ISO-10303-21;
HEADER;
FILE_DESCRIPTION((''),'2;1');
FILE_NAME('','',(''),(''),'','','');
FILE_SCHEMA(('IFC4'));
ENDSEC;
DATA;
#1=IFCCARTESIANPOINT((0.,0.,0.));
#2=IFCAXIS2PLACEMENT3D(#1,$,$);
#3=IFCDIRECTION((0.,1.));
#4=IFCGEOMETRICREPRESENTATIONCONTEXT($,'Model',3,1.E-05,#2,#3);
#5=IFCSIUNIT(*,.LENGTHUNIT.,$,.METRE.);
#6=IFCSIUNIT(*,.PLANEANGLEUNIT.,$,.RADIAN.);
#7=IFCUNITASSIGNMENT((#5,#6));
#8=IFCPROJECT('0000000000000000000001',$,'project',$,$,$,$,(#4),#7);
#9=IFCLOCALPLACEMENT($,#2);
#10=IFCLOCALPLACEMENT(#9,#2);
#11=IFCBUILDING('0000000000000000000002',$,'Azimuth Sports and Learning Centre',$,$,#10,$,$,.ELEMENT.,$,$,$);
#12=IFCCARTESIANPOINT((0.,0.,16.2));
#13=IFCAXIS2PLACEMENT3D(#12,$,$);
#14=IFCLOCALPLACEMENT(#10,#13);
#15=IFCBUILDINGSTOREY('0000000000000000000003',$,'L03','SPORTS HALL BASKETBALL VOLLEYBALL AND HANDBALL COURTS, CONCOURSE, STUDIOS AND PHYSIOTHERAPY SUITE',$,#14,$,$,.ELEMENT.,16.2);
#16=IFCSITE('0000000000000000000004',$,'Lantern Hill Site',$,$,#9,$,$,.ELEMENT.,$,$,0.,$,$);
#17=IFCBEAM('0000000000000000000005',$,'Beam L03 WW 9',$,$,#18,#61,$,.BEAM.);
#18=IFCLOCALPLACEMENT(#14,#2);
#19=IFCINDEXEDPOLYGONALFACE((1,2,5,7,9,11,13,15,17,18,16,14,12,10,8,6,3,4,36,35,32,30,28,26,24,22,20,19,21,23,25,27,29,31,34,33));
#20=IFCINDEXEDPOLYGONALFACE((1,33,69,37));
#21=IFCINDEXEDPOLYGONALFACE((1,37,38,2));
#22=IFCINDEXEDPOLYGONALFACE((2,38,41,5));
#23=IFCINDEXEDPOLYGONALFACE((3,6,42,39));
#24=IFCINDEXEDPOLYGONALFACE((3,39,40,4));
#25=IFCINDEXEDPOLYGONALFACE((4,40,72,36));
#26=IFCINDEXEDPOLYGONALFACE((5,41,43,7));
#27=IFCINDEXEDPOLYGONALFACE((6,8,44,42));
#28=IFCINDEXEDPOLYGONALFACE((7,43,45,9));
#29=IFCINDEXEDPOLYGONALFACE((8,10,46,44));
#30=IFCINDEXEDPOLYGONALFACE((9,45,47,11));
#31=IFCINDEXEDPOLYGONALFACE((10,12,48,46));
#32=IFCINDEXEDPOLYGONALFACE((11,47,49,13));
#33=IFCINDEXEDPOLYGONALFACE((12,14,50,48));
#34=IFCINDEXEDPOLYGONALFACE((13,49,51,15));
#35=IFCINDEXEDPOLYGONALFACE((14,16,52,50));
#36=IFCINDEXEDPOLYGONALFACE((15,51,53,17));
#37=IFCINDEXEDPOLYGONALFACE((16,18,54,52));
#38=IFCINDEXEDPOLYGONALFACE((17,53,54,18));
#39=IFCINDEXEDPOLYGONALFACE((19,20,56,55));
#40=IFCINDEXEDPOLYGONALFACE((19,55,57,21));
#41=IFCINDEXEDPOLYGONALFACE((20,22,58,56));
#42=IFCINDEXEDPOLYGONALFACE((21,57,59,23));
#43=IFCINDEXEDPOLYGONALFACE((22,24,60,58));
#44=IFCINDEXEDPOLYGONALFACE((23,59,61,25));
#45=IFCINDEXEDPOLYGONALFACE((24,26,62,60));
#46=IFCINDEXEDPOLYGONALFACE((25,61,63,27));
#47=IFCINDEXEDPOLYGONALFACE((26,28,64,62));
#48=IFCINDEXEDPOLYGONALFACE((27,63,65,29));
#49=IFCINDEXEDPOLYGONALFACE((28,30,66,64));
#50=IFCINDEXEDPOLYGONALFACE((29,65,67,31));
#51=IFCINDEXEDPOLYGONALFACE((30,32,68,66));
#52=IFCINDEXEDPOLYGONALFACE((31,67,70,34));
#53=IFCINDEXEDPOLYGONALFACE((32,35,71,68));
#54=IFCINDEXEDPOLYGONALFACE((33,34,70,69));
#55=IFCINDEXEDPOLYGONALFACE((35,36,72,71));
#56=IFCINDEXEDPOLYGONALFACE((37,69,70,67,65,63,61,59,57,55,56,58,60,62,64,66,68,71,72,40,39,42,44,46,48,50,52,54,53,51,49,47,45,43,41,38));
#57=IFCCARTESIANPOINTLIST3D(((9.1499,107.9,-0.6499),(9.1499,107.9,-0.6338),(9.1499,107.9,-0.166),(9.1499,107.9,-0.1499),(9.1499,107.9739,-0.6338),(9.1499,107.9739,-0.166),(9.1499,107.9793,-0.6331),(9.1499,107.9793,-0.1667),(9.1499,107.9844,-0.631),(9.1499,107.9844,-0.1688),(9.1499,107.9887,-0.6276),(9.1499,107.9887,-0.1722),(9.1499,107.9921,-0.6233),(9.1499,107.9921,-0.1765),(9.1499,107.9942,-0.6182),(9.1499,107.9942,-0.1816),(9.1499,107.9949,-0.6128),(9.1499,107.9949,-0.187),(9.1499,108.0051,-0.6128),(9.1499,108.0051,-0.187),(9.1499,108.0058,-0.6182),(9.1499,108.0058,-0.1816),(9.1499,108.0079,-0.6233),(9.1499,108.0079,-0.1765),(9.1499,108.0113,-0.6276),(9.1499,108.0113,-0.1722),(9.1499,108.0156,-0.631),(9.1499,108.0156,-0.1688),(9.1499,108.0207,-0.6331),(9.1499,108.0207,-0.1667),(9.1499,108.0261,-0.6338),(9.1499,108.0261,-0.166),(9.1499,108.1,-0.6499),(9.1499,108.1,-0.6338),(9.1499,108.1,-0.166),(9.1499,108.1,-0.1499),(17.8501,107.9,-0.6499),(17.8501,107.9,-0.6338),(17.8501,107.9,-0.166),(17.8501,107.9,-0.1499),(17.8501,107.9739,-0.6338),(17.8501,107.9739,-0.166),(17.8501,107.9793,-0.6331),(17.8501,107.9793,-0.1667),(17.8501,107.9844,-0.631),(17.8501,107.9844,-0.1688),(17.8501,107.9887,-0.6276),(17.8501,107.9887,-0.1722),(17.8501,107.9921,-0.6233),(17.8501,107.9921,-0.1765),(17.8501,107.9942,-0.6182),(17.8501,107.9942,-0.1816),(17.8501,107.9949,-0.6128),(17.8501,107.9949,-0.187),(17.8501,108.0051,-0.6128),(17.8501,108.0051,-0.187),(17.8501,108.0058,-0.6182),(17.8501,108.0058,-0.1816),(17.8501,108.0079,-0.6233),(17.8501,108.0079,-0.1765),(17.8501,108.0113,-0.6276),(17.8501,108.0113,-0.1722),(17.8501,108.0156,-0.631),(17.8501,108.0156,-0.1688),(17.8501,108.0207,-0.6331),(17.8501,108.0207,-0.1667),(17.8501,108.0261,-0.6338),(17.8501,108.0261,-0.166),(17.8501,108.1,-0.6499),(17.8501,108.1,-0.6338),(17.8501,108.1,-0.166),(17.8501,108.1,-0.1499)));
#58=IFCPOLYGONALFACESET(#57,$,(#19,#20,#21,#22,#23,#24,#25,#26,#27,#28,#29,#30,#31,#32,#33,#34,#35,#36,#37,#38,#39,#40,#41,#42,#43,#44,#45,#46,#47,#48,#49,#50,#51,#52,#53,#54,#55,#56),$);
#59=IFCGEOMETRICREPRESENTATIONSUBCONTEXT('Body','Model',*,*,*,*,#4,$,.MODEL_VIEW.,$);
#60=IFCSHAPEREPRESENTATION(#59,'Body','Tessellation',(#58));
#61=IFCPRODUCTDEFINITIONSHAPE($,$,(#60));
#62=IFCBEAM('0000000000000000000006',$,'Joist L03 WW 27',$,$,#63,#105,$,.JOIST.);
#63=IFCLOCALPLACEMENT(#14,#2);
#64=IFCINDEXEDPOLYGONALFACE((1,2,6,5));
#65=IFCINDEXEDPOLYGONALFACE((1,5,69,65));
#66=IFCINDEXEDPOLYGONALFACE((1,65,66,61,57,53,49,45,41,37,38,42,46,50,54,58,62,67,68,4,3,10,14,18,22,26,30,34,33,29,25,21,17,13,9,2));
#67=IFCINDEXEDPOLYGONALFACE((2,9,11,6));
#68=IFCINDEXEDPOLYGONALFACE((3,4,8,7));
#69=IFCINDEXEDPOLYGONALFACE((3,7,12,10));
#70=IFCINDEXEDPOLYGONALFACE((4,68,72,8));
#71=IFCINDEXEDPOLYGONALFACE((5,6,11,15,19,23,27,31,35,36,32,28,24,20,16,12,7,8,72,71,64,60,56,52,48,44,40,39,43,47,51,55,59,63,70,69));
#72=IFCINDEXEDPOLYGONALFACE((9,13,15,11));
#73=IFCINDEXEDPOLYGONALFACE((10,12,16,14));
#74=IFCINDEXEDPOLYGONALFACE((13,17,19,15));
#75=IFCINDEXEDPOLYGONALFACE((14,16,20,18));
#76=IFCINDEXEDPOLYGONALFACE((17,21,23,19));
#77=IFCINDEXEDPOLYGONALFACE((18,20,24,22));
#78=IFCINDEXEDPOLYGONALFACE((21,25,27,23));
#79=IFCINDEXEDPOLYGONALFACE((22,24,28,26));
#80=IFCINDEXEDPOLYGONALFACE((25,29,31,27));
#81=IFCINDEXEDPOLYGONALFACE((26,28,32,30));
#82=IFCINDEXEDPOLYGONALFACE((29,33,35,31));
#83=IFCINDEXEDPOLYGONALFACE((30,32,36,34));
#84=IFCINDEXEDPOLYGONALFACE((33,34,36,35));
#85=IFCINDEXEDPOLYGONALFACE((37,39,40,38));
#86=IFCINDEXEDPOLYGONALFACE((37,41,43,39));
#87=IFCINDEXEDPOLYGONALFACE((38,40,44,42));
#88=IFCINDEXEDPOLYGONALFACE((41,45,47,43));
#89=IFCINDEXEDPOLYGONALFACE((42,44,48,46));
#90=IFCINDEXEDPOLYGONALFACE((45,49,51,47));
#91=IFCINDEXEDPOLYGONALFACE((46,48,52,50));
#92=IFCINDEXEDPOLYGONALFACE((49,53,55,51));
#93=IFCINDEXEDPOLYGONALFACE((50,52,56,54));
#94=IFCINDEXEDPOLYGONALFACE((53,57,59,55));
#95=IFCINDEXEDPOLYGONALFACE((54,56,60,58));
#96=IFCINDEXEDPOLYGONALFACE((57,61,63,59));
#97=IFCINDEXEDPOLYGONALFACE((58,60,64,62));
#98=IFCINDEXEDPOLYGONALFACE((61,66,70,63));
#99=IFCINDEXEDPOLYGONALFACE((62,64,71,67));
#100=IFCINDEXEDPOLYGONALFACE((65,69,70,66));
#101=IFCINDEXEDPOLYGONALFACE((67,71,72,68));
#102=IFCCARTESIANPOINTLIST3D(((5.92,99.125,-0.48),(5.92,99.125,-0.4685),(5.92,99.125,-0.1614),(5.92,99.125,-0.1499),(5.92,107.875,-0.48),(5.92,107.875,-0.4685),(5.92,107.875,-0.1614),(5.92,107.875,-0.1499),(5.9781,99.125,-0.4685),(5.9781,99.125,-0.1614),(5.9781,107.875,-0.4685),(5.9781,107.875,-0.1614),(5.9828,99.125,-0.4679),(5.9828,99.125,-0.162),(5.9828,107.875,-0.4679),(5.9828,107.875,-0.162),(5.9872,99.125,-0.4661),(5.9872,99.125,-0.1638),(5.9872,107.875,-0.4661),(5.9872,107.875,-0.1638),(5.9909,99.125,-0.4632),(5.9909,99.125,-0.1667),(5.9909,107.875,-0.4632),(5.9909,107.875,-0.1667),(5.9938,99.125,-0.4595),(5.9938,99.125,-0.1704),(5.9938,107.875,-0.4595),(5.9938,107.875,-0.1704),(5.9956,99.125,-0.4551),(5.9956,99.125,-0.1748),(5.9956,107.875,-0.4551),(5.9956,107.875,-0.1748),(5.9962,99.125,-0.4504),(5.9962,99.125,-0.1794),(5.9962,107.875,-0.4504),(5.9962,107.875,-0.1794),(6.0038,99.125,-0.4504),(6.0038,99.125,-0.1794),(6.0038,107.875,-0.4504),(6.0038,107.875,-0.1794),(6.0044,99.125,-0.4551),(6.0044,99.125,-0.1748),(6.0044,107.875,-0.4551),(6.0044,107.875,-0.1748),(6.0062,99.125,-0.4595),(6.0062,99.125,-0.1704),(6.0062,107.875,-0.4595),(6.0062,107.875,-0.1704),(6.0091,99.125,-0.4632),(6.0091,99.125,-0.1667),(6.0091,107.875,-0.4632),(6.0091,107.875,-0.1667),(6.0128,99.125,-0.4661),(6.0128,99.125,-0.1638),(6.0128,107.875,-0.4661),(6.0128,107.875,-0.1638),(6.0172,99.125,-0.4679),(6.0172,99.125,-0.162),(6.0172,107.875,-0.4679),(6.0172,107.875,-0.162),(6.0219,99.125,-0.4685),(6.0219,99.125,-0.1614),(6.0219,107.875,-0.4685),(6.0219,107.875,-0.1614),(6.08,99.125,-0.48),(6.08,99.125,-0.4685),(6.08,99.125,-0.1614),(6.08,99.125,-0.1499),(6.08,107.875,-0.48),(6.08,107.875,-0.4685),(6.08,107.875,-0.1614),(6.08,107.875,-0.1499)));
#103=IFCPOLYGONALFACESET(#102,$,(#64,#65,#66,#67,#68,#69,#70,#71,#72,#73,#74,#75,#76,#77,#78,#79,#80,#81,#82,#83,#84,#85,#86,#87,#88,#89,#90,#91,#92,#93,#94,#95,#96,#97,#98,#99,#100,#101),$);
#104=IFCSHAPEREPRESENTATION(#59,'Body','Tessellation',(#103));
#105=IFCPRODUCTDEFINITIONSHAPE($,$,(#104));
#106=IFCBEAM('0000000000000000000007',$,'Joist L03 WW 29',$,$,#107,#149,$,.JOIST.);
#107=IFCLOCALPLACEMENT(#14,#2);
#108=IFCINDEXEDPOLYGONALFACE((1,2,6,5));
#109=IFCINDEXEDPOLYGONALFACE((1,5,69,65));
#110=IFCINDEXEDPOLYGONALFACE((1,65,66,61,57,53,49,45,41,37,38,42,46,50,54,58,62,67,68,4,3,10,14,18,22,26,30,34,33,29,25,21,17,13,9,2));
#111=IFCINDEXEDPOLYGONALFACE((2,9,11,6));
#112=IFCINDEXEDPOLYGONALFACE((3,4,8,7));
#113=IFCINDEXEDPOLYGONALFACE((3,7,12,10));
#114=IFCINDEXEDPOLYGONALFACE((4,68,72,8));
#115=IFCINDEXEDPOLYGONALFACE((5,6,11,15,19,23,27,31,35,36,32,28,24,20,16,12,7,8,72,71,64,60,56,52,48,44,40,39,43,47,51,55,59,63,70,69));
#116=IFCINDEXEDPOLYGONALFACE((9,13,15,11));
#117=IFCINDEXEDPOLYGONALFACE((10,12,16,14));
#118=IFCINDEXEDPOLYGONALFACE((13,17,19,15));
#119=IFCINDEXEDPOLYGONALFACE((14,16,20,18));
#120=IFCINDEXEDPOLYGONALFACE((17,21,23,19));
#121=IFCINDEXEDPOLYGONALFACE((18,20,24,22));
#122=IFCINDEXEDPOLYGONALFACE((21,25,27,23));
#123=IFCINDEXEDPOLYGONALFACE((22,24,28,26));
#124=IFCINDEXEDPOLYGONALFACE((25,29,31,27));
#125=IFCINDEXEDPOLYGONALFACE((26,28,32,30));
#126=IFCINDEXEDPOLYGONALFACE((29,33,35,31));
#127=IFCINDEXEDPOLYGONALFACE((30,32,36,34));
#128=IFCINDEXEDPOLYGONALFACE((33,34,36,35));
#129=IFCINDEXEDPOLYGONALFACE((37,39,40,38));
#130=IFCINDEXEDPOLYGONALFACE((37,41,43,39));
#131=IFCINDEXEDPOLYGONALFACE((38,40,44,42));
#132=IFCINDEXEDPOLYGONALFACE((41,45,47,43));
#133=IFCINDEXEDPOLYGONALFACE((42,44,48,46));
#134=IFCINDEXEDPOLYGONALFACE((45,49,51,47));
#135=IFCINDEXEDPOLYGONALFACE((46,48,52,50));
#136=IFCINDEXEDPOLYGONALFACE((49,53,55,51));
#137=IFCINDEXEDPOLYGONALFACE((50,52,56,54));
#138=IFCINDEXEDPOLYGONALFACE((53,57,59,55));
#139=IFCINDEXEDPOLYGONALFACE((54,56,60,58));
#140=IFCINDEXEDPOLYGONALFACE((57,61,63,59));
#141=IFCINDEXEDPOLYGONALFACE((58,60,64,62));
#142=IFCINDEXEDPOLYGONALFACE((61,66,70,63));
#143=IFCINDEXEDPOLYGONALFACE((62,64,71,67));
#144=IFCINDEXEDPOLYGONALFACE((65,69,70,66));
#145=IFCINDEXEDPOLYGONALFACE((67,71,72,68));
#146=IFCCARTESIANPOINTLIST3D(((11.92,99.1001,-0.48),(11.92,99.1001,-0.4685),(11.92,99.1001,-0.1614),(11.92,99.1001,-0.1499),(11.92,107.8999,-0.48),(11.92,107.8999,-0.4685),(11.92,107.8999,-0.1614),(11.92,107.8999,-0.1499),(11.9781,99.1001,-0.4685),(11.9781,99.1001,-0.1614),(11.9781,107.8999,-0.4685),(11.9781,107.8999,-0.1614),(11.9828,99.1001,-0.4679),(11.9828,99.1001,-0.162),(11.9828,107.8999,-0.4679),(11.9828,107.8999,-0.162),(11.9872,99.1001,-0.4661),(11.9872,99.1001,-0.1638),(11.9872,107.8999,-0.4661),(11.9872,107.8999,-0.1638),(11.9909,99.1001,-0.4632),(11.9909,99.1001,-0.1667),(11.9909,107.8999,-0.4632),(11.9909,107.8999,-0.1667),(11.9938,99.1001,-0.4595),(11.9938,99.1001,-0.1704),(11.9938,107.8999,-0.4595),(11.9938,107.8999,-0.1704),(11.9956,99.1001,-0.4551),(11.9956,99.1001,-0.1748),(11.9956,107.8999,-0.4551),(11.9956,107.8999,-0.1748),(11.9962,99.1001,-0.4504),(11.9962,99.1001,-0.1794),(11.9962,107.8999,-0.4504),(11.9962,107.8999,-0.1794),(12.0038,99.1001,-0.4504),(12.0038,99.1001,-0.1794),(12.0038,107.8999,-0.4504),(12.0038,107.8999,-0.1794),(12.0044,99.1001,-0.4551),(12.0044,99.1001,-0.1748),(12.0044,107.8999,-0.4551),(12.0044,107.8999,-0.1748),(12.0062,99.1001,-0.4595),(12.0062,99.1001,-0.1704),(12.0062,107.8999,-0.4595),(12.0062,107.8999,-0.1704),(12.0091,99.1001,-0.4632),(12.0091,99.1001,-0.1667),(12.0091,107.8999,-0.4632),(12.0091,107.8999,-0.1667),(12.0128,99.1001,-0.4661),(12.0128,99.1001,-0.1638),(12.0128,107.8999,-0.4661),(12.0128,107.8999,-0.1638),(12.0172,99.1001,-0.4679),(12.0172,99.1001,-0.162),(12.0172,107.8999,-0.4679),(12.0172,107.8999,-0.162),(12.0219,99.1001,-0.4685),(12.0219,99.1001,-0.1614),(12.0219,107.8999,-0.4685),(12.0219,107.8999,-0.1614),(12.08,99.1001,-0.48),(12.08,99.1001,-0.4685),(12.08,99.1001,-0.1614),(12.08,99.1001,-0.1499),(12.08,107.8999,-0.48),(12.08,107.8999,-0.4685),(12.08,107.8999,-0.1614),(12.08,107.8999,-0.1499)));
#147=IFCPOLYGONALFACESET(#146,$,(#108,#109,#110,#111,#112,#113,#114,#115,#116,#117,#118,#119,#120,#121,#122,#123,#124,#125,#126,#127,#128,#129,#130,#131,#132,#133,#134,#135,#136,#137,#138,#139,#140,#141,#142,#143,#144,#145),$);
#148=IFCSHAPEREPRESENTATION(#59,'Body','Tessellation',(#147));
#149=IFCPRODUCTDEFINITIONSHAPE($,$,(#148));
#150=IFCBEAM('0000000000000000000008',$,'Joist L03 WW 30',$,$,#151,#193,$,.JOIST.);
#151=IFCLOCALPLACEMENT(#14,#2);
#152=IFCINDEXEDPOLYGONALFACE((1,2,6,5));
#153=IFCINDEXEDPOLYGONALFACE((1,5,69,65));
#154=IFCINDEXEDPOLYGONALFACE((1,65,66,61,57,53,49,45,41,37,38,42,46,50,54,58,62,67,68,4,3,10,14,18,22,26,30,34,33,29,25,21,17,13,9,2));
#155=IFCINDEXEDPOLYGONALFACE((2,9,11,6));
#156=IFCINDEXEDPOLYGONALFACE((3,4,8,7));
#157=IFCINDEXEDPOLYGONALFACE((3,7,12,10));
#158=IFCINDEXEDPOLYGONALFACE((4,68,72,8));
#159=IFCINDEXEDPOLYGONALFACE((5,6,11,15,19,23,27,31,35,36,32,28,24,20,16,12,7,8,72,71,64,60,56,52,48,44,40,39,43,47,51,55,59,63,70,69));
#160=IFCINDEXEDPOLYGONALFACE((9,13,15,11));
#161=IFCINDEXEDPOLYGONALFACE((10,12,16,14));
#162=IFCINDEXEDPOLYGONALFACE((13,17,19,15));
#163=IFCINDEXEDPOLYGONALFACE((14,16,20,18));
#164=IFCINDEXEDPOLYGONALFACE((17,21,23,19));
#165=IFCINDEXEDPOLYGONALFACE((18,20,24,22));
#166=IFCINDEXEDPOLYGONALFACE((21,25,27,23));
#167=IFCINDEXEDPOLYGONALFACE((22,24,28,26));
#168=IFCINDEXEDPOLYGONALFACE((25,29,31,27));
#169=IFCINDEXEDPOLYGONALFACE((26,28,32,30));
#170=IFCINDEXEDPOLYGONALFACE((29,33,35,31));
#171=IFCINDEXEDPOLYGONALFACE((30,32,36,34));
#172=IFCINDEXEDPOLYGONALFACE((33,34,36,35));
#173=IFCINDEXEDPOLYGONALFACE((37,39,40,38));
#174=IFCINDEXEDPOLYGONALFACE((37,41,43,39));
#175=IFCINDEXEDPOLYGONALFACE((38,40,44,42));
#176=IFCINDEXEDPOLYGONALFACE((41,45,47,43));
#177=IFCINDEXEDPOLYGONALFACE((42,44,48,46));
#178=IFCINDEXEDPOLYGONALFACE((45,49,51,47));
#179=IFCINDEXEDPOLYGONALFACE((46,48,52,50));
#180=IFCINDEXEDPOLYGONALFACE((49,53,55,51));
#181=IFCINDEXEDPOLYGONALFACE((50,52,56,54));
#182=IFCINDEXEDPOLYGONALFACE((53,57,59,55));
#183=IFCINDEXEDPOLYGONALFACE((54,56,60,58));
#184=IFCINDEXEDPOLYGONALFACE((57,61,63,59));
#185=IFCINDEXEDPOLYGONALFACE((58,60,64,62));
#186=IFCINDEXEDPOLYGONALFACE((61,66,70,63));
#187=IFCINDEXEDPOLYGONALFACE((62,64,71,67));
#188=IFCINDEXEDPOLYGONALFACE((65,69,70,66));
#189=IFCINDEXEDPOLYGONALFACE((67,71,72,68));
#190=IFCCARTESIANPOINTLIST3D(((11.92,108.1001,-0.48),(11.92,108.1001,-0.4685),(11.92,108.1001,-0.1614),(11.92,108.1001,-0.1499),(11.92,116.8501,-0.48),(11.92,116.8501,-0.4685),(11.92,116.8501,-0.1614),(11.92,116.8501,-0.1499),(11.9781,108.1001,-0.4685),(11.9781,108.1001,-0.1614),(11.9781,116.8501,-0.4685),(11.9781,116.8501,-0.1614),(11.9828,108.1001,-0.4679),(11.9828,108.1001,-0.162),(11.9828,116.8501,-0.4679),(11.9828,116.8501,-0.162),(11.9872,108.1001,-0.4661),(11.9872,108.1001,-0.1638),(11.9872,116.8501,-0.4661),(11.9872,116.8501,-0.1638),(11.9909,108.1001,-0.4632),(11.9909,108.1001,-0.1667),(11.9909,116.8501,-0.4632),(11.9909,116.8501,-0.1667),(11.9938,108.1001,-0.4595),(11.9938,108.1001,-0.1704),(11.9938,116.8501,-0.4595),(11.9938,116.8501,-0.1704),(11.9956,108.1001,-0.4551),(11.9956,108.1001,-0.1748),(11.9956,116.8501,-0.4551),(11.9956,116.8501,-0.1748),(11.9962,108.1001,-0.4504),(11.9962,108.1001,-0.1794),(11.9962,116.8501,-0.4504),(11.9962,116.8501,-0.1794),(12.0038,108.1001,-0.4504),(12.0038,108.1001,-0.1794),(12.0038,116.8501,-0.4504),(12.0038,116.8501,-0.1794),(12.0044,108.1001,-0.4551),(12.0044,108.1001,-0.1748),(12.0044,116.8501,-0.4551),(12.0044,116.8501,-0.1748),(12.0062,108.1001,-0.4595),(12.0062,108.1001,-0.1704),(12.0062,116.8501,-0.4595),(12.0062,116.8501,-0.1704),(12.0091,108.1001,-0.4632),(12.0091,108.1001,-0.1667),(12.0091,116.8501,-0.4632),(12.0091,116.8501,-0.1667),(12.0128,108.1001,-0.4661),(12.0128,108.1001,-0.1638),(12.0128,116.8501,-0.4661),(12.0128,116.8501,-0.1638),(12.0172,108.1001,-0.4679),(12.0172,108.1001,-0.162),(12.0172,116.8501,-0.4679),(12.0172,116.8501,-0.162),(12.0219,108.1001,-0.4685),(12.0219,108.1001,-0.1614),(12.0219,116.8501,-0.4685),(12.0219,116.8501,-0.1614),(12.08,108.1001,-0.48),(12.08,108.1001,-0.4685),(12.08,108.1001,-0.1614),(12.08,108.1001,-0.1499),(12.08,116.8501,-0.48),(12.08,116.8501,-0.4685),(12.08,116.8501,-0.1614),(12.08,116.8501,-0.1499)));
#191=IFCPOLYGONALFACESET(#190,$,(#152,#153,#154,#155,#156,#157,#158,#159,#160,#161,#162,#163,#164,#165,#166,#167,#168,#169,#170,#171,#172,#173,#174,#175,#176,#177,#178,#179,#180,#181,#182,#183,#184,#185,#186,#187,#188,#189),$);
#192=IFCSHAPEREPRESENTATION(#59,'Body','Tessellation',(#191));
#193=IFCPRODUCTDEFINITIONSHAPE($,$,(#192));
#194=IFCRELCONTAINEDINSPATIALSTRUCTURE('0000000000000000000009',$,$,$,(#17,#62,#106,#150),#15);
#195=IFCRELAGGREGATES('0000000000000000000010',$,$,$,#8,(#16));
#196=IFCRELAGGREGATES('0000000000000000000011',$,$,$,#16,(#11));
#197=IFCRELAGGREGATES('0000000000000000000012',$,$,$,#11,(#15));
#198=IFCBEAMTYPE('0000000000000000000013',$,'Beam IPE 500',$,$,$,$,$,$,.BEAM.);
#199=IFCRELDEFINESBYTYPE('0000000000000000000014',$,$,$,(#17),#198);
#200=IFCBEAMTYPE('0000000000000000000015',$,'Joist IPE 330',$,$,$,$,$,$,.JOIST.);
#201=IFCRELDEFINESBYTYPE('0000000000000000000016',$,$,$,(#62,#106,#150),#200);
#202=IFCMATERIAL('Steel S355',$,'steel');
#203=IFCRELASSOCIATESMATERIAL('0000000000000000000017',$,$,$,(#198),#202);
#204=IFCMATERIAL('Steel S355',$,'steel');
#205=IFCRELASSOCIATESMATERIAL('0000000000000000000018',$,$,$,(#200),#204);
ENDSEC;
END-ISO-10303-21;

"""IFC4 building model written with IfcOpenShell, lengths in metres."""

from ifc_helpers import new_model, si_unit, direction, frame, origin, origin_2d, place, context, subcontext, project, spatial, i_section, extrude, material, material_profile, profile_set, type_object, element, save


model = new_model("IFC4")

# Units and contexts
model_context = context("Model", 3, precision=1e-05, world=origin(), true_north=direction((0.0, 1.0)))
body_context = subcontext(model_context, "Body", "Model", "MODEL_VIEW")
ifc_project = project(units=[si_unit("LENGTHUNIT", "METRE"), si_unit("PLANEANGLEUNIT", "RADIAN")], contexts=[model_context])

# Site, building, storey
site_placement = place(None, origin())
site = spatial("IfcSite", under=ifc_project, at=site_placement, Name="Lantern Hill Site", CompositionType="ELEMENT", RefElevation=0.0)
building_placement = place(site_placement, origin())
building = spatial("IfcBuilding", under=site, at=building_placement, Name="Azimuth Sports and Learning Centre", CompositionType="ELEMENT")
storey_placement = place(building_placement, frame((0.0, 0.0, 16.2)))
storey = spatial("IfcBuildingStorey", under=building, at=storey_placement, Name="L03", Description="SPORTS HALL BASKETBALL VOLLEYBALL AND HANDBALL COURTS, CONCOURSE, STUDIOS AND PHYSIOTHERAPY SUITE", CompositionType="ELEMENT", Elevation=16.2)

# Beams
ifc_material_1 = material(Name="Steel S355", Category="steel")
ifc_material_profile_1 = material_profile(ifc_material_1, i_section(OverallWidth=0.2, OverallDepth=0.5, WebThickness=0.0103, FlangeThickness=0.0161, FilletRadius=0.021, at=origin_2d()), Name="IPE 500")
ifc_profile_set_1 = profile_set([ifc_material_profile_1], Name="Steel S355")
beam_type_1 = type_object("IfcBeamType", Name="Beam IPE 500", PredefinedType="BEAM", material=ifc_profile_set_1)
for number, where, z_axis, x_axis, name in (
    (1, (9.1499, 108.0, -0.3999), (1.0, 0.0, 0.0), (0.0, 1.0, 0.0), "Beam L03 WW 9"),
):
    element("IfcBeam", number, at=place(storey_placement, frame(where, z_axis=z_axis, x_axis=x_axis)), inside=storey, type_object=beam_type_1, Name=name, PredefinedType="BEAM", context=body_context, shape_type="SweptSolid", body=[
        extrude(i_section(OverallWidth=0.2, OverallDepth=0.5, WebThickness=0.0103, FlangeThickness=0.0161, FilletRadius=0.021, at=origin_2d()), origin(), (0.0, 0.0, 1.0), 8.7002),
    ])
ifc_material_2 = material(Name="Steel S355", Category="steel")
ifc_material_profile_2 = material_profile(ifc_material_2, i_section(OverallWidth=0.1599, OverallDepth=0.3301, WebThickness=0.0076, FlangeThickness=0.0115, FilletRadius=0.0181, at=origin_2d()), Name="IPE 330")
ifc_profile_set_2 = profile_set([ifc_material_profile_2], Name="Steel S355")
beam_type_2 = type_object("IfcBeamType", Name="Joist IPE 330", PredefinedType="JOIST", material=ifc_profile_set_2)
beam_1_placement = place(storey_placement, frame((6.0, 99.125, -0.3149), z_axis=(0.0, 1.0, 0.0), x_axis=(-1.0, 0.0, 0.0)))
element("IfcBeam", 2, at=beam_1_placement, inside=storey, type_object=beam_type_2, Name="Joist L03 WW 27", PredefinedType="JOIST", context=body_context, shape_type="SweptSolid", body=[
    extrude(i_section(OverallWidth=0.1599, OverallDepth=0.3301, WebThickness=0.0076, FlangeThickness=0.0115, FilletRadius=0.0181, at=origin_2d()), origin(), (0.0, 0.0, 1.0), 8.75),
])
beam_2_placement = place(storey_placement, frame((12.0, 99.1001, -0.3149), z_axis=(0.0, 1.0, 0.0), x_axis=(-1.0, 0.0, 0.0)))
element("IfcBeam", 3, at=beam_2_placement, inside=storey, type_object=beam_type_2, Name="Joist L03 WW 29", PredefinedType="JOIST", context=body_context, shape_type="SweptSolid", body=[
    extrude(i_section(OverallWidth=0.1599, OverallDepth=0.3301, WebThickness=0.0076, FlangeThickness=0.0115, FilletRadius=0.0181, at=origin_2d()), origin(), (0.0, 0.0, 1.0), 8.7998),
])
beam_3_placement = place(storey_placement, frame((12.0, 108.1001, -0.3149), z_axis=(0.0, 1.0, 0.0), x_axis=(-1.0, 0.0, 0.0)))
element("IfcBeam", 4, at=beam_3_placement, inside=storey, type_object=beam_type_2, Name="Joist L03 WW 30", PredefinedType="JOIST", context=body_context, shape_type="SweptSolid", body=[
    extrude(i_section(OverallWidth=0.1599, OverallDepth=0.3301, WebThickness=0.0076, FlangeThickness=0.0115, FilletRadius=0.0181, at=origin_2d()), origin(), (0.0, 0.0, 1.0), 8.75),
])

save(model, "model.ifc")
